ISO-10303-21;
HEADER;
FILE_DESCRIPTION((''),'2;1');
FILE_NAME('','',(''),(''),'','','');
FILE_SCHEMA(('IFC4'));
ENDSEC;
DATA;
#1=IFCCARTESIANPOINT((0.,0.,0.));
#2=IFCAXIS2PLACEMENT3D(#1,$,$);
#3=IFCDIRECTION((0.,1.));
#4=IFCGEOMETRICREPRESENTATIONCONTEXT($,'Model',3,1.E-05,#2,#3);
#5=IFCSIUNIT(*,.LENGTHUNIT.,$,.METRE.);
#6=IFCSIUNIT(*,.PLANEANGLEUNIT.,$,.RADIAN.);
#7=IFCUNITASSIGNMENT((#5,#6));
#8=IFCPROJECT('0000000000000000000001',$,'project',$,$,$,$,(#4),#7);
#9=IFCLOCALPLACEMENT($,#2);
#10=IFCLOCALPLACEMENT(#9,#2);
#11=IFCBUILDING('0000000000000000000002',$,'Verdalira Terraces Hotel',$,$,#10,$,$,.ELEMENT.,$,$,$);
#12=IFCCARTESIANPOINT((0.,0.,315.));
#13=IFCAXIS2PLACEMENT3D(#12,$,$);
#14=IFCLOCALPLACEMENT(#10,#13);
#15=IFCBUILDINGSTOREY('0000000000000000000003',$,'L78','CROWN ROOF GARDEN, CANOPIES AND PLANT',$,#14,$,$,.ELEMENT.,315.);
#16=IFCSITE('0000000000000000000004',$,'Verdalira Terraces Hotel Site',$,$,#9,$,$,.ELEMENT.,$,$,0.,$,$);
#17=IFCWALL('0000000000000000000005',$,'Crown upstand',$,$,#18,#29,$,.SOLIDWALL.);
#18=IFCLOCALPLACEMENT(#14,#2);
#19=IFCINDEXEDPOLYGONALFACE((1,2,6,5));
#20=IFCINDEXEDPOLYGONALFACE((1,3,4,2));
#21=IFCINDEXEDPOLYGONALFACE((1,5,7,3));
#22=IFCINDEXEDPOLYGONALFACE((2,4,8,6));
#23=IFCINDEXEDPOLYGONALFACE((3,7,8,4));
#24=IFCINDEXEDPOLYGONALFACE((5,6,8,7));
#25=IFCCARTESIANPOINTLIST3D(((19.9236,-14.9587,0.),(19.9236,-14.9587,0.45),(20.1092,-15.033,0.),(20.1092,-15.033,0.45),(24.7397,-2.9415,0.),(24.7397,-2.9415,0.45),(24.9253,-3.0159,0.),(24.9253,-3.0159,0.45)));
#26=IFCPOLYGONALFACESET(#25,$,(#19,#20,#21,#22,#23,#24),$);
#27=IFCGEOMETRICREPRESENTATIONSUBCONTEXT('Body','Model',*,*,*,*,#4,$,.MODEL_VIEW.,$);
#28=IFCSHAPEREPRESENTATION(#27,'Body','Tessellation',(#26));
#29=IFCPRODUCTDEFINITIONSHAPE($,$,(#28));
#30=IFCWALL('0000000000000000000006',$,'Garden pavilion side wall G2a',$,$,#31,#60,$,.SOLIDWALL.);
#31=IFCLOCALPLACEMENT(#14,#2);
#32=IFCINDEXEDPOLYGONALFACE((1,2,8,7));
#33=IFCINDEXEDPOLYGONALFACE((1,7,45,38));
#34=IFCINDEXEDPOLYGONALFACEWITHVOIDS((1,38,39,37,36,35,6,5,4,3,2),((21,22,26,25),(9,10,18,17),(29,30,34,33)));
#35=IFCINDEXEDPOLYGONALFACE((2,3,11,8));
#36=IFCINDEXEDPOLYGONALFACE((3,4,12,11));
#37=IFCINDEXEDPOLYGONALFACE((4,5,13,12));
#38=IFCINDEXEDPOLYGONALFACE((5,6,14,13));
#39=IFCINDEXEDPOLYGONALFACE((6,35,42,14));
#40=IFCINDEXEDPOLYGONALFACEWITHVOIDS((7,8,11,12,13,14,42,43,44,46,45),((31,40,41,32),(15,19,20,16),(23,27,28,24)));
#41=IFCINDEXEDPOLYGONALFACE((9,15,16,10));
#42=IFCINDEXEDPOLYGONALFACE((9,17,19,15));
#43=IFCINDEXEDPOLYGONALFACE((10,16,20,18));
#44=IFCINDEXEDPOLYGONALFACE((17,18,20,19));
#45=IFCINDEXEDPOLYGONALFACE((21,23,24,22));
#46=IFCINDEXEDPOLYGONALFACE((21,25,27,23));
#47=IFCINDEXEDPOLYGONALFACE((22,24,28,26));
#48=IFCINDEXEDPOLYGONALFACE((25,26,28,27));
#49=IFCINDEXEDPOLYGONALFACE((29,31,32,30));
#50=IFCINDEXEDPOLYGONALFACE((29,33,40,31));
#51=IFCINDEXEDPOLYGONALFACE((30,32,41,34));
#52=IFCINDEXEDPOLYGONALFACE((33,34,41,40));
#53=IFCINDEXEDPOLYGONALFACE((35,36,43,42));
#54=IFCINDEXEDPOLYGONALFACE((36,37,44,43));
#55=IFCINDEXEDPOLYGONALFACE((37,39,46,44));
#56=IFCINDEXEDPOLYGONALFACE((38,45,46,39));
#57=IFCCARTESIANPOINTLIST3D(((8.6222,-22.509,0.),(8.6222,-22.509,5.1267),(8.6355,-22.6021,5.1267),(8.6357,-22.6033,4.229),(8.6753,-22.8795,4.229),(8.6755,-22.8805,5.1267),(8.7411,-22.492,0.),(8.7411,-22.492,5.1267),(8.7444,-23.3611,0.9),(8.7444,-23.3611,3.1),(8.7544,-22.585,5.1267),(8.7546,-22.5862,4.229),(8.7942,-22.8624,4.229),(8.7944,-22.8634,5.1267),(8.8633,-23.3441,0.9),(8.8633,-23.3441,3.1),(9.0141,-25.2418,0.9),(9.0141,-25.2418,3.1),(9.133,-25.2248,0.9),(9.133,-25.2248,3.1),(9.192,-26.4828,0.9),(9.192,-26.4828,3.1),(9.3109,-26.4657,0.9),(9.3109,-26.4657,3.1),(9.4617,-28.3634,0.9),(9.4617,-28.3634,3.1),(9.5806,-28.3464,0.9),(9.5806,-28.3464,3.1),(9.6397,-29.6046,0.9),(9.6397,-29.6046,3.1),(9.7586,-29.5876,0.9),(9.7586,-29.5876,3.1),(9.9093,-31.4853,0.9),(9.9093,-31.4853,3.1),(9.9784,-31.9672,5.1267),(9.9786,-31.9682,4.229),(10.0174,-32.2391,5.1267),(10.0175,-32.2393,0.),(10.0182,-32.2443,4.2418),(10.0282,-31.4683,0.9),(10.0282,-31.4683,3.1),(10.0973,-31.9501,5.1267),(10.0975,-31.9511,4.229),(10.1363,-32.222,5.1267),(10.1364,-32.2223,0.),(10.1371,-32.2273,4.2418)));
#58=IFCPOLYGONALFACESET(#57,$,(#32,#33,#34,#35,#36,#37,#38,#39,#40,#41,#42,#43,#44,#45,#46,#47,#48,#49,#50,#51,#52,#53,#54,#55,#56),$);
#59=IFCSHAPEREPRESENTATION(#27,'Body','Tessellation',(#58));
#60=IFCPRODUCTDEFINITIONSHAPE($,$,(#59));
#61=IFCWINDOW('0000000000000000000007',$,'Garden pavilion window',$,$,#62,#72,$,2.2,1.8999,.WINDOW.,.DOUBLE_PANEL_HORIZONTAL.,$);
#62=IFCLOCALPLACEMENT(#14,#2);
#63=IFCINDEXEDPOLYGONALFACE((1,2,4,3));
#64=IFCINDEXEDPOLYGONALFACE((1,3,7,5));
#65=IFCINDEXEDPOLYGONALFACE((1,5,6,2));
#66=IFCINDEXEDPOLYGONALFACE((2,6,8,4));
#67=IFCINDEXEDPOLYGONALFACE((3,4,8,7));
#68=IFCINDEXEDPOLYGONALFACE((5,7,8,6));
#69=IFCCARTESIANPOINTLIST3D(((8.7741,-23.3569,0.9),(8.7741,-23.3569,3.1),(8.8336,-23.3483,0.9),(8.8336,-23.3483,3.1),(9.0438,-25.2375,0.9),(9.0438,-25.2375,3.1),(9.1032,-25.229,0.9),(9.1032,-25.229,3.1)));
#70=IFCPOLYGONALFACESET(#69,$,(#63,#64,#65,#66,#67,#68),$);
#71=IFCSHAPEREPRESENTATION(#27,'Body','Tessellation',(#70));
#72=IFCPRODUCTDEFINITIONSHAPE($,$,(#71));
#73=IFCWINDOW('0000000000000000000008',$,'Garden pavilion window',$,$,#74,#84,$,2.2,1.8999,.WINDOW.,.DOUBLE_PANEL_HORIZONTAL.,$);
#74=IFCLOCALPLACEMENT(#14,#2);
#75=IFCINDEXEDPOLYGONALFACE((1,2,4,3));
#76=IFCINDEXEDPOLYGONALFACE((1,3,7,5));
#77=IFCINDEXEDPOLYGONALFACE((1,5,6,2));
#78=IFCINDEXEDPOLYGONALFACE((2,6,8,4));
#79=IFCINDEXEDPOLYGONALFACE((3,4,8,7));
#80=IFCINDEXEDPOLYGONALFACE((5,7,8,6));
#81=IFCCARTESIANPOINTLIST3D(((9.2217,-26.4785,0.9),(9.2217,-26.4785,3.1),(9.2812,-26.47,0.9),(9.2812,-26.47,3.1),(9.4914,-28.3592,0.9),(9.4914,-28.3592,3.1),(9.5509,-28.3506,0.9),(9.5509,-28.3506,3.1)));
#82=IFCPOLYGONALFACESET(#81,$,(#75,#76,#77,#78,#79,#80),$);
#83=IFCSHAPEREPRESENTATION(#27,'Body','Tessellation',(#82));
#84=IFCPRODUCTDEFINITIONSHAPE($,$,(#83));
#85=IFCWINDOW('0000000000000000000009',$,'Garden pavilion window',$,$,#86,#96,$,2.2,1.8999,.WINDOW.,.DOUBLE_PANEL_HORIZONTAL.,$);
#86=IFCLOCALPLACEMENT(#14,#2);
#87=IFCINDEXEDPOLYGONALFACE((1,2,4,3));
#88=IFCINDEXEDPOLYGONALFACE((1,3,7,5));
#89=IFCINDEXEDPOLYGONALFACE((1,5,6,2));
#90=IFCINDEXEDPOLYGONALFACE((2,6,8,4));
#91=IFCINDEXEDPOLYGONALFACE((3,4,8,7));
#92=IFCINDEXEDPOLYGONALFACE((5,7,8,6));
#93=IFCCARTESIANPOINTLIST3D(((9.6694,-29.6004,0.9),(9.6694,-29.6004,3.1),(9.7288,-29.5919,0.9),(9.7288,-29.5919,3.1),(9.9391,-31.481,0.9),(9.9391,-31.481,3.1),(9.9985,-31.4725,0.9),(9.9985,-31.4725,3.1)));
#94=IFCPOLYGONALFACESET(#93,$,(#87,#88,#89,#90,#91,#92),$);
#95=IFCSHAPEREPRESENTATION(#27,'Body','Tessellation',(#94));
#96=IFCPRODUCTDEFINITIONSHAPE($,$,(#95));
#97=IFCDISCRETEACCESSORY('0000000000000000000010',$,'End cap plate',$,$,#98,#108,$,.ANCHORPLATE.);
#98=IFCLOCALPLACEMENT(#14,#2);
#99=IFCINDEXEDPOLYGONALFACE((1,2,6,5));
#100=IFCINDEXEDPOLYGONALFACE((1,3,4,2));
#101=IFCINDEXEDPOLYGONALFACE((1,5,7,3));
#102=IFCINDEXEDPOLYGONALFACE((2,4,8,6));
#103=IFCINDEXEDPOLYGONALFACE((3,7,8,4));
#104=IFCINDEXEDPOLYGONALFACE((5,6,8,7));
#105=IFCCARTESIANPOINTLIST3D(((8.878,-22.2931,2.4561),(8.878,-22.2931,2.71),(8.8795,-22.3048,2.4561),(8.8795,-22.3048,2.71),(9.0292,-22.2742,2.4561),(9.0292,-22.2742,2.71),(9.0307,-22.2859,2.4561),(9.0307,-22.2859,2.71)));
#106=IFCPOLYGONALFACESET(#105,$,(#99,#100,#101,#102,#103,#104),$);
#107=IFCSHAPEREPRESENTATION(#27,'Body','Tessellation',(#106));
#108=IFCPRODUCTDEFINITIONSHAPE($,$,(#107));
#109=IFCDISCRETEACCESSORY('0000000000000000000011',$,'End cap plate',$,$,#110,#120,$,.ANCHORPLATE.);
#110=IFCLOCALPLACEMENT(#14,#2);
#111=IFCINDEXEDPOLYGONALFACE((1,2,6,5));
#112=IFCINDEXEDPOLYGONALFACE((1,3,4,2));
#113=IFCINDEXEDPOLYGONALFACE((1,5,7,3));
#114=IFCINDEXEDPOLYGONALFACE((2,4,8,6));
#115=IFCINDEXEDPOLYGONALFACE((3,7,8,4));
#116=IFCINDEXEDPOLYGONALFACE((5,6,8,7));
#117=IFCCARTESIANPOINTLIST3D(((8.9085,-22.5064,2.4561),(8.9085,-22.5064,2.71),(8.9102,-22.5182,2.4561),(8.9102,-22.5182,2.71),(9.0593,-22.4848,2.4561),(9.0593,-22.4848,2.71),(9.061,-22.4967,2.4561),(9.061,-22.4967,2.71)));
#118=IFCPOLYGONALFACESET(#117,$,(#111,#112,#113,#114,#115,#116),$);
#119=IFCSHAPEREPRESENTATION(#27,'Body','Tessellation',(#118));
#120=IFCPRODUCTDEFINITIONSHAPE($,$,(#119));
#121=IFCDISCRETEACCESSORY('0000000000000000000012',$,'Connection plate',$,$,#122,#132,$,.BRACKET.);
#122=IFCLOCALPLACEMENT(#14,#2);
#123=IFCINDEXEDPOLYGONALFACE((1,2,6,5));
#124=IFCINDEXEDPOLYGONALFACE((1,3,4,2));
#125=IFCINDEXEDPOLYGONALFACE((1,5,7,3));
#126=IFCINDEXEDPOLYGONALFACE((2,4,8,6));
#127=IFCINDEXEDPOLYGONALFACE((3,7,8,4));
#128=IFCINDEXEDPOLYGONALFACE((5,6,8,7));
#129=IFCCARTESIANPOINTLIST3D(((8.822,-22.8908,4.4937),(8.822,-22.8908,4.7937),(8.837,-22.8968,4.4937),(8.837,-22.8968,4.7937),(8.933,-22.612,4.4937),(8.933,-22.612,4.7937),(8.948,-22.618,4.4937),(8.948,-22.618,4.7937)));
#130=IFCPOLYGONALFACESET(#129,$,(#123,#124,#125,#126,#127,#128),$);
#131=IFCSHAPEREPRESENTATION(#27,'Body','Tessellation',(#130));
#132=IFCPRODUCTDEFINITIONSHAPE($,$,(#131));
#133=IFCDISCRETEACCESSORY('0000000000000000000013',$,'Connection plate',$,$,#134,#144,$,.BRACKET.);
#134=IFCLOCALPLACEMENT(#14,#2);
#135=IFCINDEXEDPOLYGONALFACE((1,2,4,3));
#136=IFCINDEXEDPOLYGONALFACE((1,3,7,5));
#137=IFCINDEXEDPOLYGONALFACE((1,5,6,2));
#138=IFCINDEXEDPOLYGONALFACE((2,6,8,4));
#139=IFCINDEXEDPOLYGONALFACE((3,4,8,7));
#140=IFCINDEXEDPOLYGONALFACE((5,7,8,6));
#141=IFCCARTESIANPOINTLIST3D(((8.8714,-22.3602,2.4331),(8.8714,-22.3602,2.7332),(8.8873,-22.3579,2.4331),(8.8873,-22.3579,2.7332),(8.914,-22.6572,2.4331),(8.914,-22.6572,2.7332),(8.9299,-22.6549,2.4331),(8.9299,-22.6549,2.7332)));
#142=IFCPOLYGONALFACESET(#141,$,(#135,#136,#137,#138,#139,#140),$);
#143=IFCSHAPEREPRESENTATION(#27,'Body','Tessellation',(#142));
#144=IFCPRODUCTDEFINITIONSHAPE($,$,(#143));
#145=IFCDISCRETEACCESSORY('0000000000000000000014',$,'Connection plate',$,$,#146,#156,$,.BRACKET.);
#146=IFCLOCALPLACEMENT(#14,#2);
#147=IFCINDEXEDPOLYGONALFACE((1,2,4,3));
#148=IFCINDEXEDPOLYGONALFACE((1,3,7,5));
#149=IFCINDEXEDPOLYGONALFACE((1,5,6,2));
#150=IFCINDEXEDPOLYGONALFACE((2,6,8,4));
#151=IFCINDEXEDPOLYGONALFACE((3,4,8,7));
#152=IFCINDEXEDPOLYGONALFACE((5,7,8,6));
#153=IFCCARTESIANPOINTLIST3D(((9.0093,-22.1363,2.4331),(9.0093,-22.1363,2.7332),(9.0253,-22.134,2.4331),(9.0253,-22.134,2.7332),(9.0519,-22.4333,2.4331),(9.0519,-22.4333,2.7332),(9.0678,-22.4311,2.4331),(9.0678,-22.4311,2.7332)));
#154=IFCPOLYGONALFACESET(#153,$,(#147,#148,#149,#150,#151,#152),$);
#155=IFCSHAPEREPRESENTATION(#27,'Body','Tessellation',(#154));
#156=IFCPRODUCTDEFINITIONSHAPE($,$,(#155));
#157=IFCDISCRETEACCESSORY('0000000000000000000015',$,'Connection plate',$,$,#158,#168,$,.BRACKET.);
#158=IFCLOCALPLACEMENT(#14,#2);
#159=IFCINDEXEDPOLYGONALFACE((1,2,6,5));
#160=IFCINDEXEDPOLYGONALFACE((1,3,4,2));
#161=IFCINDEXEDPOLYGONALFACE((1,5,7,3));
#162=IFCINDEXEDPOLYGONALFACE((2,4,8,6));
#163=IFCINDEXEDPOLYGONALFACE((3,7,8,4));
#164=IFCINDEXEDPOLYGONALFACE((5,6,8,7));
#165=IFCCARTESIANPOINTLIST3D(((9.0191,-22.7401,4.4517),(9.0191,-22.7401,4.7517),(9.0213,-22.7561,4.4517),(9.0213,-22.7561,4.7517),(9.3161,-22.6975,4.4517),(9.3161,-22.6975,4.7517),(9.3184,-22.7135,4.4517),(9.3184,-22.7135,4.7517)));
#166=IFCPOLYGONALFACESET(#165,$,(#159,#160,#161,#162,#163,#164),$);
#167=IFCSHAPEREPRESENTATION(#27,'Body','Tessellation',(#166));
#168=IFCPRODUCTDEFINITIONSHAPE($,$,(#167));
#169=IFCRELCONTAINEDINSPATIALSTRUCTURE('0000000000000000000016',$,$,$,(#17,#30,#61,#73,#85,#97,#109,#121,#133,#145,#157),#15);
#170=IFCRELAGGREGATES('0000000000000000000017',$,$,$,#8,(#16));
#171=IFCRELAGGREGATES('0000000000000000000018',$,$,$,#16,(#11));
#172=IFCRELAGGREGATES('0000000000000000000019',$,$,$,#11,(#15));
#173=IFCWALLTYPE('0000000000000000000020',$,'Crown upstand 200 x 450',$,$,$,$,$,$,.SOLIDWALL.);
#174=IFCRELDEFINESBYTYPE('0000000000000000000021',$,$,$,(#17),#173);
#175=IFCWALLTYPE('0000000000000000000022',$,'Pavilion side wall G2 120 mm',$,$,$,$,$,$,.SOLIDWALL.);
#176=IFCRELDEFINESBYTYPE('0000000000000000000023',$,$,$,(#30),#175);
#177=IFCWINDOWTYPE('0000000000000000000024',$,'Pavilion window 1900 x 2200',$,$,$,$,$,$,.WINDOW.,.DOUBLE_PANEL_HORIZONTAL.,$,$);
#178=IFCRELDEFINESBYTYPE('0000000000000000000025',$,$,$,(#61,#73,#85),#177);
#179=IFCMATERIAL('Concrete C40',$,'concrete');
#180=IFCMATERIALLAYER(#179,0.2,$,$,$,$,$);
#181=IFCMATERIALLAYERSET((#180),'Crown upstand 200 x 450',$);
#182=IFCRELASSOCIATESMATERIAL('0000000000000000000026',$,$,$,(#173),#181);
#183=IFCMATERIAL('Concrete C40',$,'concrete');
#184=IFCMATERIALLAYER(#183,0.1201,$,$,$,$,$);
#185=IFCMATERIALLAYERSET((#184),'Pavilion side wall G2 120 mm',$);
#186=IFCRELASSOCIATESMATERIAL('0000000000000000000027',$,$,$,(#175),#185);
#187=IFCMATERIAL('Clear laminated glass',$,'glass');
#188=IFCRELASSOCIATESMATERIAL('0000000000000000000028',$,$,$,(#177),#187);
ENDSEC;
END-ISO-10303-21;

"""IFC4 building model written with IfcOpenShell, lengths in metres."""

from ifc_helpers import new_model, si_unit, direction, frame, frame_2d, origin, origin_2d, place, context, subcontext, project, spatial, polyline, rectangle, outline, extrude, material, layer, layer_set, type_object, element, fill, save


model = new_model("IFC4")

# Units and contexts
model_context = context("Model", 3, precision=1e-05, world=origin(), true_north=direction((0.0, 1.0)))
body_context = subcontext(model_context, "Body", "Model", "MODEL_VIEW")
ifc_project = project(units=[si_unit("LENGTHUNIT", "METRE"), si_unit("PLANEANGLEUNIT", "RADIAN")], contexts=[model_context])

# Site, building, storey
site_placement = place(None, origin())
site = spatial("IfcSite", under=ifc_project, at=site_placement, Name="Verdalira Terraces Hotel Site", CompositionType="ELEMENT", RefElevation=0.0)
building_placement = place(site_placement, origin())
building = spatial("IfcBuilding", under=site, at=building_placement, Name="Verdalira Terraces Hotel", CompositionType="ELEMENT")
storey_placement = place(building_placement, frame((0.0, 0.0, 315.0)))
storey = spatial("IfcBuildingStorey", under=building, at=storey_placement, Name="L78", Description="CROWN ROOF GARDEN, CANOPIES AND PLANT", CompositionType="ELEMENT", Elevation=315.0)

# Wall
ifc_material_1 = material(Name="Concrete C40", Category="concrete")
ifc_layer_1 = layer(ifc_material_1, 0.2)
ifc_layer_set_1 = layer_set([ifc_layer_1], Name="Crown upstand 200 x 450")
wall_type_1 = type_object("IfcWallType", Name="Crown upstand 200 x 450", PredefinedType="SOLIDWALL", material=ifc_layer_set_1)
wall_1_placement = place(storey_placement, frame((20.0164, -14.9959, 0.0), z_axis=(0.0, 0.0, 1.0), x_axis=(0.372012, 0.928228, 0.0)))
element("IfcWall", 1, at=wall_1_placement, inside=storey, type_object=wall_type_1, Name="Crown upstand", PredefinedType="SOLIDWALL", context=body_context, shape_type="SweptSolid", body=[
    extrude(rectangle(XDim=12.9463, YDim=0.2, at=frame_2d((6.4731, 0.0))), origin(), (0.0, 0.0, 1.0), 0.45),
])

# Wall, openings, windows
ifc_material_2 = material(Name="Concrete C40", Category="concrete")
ifc_layer_2 = layer(ifc_material_2, 0.1201)
ifc_layer_set_2 = layer_set([ifc_layer_2], Name="Pavilion side wall G2 120 mm")
wall_type_2 = type_object("IfcWallType", Name="Pavilion side wall G2 120 mm", PredefinedType="SOLIDWALL", material=ifc_layer_set_2)
wall_2_placement = place(storey_placement, frame((8.6816, -22.5005, 0.0), z_axis=(0.0, 0.0, 1.0), x_axis=(0.141943, -0.989875, 0.0)))
wall_2 = element("IfcWall", 2, at=wall_2_placement, inside=storey, type_object=wall_type_2, Name="Garden pavilion side wall G2a", PredefinedType="SOLIDWALL", context=body_context, shape_type="SweptSolid", body=[
    extrude(outline(polyline([(0.0, 0.0), (9.8298, 0.0), (9.8359, 5.1267), (9.835, 4.229), (9.8296, 5.1267), (9.5559, 4.229), (9.5549, 5.1267), (0.3752, 5.1267), (0.3743, 4.229), (0.0952, 4.229), (0.094, 5.1267), (0.0, 5.1267), (0.0, 0.0)])), frame((0.0, 0.0601, 0.0), z_axis=(0.0, -1.0, 0.0), x_axis=(1.0, 0.0, 0.0)), (0.0, 0.0, 1.0), 0.1201),
])
opening_1_placement = place(wall_2_placement, frame((0.8608, 0.0, 0.8999)))
opening_1 = element("IfcOpeningElement", 3, at=opening_1_placement, cuts=wall_2, PredefinedType="OPENING", context=body_context, shape_type="SweptSolid", body=[
    extrude(rectangle(XDim=1.8999, YDim=2.2, at=frame_2d((0.95, 1.1001))), frame((0.0, 0.0701, 0.0), z_axis=(0.0, -1.0, 0.0), x_axis=(1.0, 0.0, 0.0)), (0.0, 0.0, 1.0), 0.1401),
])
opening_2_placement = place(wall_2_placement, frame((4.0144, 0.0, 0.8999)))
opening_2 = element("IfcOpeningElement", 4, at=opening_2_placement, cuts=wall_2, PredefinedType="OPENING", context=body_context, shape_type="SweptSolid", body=[
    extrude(rectangle(XDim=1.8999, YDim=2.2, at=frame_2d((0.95, 1.1001))), frame((0.0, 0.0701, 0.0), z_axis=(0.0, -1.0, 0.0), x_axis=(1.0, 0.0, 0.0)), (0.0, 0.0, 1.0), 0.1401),
])
opening_3_placement = place(wall_2_placement, frame((7.1682, 0.0, 0.8999)))
opening_3 = element("IfcOpeningElement", 5, at=opening_3_placement, cuts=wall_2, PredefinedType="OPENING", context=body_context, shape_type="SweptSolid", body=[
    extrude(rectangle(XDim=1.8999, YDim=2.2, at=frame_2d((0.95, 1.1001))), frame((0.0, 0.0701, 0.0), z_axis=(0.0, -1.0, 0.0), x_axis=(1.0, 0.0, 0.0)), (0.0, 0.0, 1.0), 0.1401),
])
ifc_material_3 = material(Name="Clear laminated glass", Category="glass")
window_type = type_object("IfcWindowType", Name="Pavilion window 1900 x 2200", PartitioningType="DOUBLE_PANEL_HORIZONTAL", PredefinedType="WINDOW", material=ifc_material_3)
window_1_placement = place(opening_1_placement, origin())
window_1 = element("IfcWindow", 6, at=window_1_placement, inside=storey, type_object=window_type, Name="Garden pavilion window", OverallHeight=2.2, OverallWidth=1.8999, PartitioningType="DOUBLE_PANEL_HORIZONTAL", PredefinedType="WINDOW", context=body_context, shape_type="SweptSolid", body=[
    extrude(rectangle(XDim=1.8999, YDim=2.2, at=frame_2d((0.95, 1.1001))), frame((0.0, 0.03, 0.0), z_axis=(0.0, -1.0, 0.0), x_axis=(1.0, 0.0, 0.0)), (0.0, 0.0, 1.0), 0.0601),
])
fill(opening_1, window_1)
window_2_placement = place(opening_2_placement, origin())
window_2 = element("IfcWindow", 7, at=window_2_placement, inside=storey, type_object=window_type, Name="Garden pavilion window", OverallHeight=2.2, OverallWidth=1.8999, PartitioningType="DOUBLE_PANEL_HORIZONTAL", PredefinedType="WINDOW", context=body_context, shape_type="SweptSolid", body=[
    extrude(rectangle(XDim=1.8999, YDim=2.2, at=frame_2d((0.95, 1.1001))), frame((0.0, 0.03, 0.0), z_axis=(0.0, -1.0, 0.0), x_axis=(1.0, 0.0, 0.0)), (0.0, 0.0, 1.0), 0.0601),
])
fill(opening_2, window_2)
window_3_placement = place(opening_3_placement, origin())
window_3 = element("IfcWindow", 8, at=window_3_placement, inside=storey, type_object=window_type, Name="Garden pavilion window", OverallHeight=2.2, OverallWidth=1.8999, PartitioningType="DOUBLE_PANEL_HORIZONTAL", PredefinedType="WINDOW", context=body_context, shape_type="SweptSolid", body=[
    extrude(rectangle(XDim=1.8999, YDim=2.2, at=frame_2d((0.95, 1.1001))), frame((0.0, 0.03, 0.0), z_axis=(0.0, -1.0, 0.0), x_axis=(1.0, 0.0, 0.0)), (0.0, 0.0, 1.0), 0.0601),
])
fill(opening_3, window_3)

# Discrete accessories
discrete_accessory_1_placement = place(storey_placement, frame((8.9536, -22.2837, 2.583), z_axis=(0.124035, -0.992278, 0.0), x_axis=(0.992278, 0.124035, 0.0)))
element("IfcDiscreteAccessory", 9, at=discrete_accessory_1_placement, inside=storey, Name="End cap plate", PredefinedType="ANCHORPLATE", context=body_context, shape_type="SweptSolid", body=[
    extrude(rectangle(XDim=0.1523, YDim=0.2539, at=origin_2d()), origin(), (0.0, 0.0, 1.0), 0.0117),
])
discrete_accessory_2_placement = place(storey_placement, frame((8.9839, -22.4956, 2.583), z_axis=(0.141421, -0.989949, 0.0), x_axis=(0.989949, 0.141421, 0.0)))
element("IfcDiscreteAccessory", 10, at=discrete_accessory_2_placement, inside=storey, Name="End cap plate", PredefinedType="ANCHORPLATE", context=body_context, shape_type="SweptSolid", body=[
    extrude(rectangle(XDim=0.1523, YDim=0.2539, at=origin_2d()), origin(), (0.0, 0.0, 1.0), 0.012),
])
for number, where, z_axis, x_axis, name in (
    (11, (8.885, -22.7544, 4.4937), (0.0, 0.0, 1.0), (-0.36999, -0.929036, 0.0), "Connection plate"),
    (12, (8.9006, -22.5076, 2.4331), (0.0, 0.0, 1.0), (-0.141938, 0.989876, 0.0), "Connection plate"),
    (13, (9.0386, -22.2837, 2.4331), (0.0, 0.0, 1.0), (0.141938, -0.989876, 0.0), "Connection plate"),
    (14, (9.1687, -22.7268, 4.4517), (0.0, 0.0, 1.0), (-0.989876, -0.141938, 0.0), "Connection plate"),
):
    element("IfcDiscreteAccessory", number, at=place(storey_placement, frame(where, z_axis=z_axis, x_axis=x_axis)), inside=storey, Name=name, PredefinedType="BRACKET", context=body_context, shape_type="SweptSolid", body=[
        extrude(rectangle(XDim=0.3, YDim=0.0161, at=origin_2d()), origin(), (0.0, 0.0, 1.0), 0.3),
    ])

save(model, "model.ifc")
